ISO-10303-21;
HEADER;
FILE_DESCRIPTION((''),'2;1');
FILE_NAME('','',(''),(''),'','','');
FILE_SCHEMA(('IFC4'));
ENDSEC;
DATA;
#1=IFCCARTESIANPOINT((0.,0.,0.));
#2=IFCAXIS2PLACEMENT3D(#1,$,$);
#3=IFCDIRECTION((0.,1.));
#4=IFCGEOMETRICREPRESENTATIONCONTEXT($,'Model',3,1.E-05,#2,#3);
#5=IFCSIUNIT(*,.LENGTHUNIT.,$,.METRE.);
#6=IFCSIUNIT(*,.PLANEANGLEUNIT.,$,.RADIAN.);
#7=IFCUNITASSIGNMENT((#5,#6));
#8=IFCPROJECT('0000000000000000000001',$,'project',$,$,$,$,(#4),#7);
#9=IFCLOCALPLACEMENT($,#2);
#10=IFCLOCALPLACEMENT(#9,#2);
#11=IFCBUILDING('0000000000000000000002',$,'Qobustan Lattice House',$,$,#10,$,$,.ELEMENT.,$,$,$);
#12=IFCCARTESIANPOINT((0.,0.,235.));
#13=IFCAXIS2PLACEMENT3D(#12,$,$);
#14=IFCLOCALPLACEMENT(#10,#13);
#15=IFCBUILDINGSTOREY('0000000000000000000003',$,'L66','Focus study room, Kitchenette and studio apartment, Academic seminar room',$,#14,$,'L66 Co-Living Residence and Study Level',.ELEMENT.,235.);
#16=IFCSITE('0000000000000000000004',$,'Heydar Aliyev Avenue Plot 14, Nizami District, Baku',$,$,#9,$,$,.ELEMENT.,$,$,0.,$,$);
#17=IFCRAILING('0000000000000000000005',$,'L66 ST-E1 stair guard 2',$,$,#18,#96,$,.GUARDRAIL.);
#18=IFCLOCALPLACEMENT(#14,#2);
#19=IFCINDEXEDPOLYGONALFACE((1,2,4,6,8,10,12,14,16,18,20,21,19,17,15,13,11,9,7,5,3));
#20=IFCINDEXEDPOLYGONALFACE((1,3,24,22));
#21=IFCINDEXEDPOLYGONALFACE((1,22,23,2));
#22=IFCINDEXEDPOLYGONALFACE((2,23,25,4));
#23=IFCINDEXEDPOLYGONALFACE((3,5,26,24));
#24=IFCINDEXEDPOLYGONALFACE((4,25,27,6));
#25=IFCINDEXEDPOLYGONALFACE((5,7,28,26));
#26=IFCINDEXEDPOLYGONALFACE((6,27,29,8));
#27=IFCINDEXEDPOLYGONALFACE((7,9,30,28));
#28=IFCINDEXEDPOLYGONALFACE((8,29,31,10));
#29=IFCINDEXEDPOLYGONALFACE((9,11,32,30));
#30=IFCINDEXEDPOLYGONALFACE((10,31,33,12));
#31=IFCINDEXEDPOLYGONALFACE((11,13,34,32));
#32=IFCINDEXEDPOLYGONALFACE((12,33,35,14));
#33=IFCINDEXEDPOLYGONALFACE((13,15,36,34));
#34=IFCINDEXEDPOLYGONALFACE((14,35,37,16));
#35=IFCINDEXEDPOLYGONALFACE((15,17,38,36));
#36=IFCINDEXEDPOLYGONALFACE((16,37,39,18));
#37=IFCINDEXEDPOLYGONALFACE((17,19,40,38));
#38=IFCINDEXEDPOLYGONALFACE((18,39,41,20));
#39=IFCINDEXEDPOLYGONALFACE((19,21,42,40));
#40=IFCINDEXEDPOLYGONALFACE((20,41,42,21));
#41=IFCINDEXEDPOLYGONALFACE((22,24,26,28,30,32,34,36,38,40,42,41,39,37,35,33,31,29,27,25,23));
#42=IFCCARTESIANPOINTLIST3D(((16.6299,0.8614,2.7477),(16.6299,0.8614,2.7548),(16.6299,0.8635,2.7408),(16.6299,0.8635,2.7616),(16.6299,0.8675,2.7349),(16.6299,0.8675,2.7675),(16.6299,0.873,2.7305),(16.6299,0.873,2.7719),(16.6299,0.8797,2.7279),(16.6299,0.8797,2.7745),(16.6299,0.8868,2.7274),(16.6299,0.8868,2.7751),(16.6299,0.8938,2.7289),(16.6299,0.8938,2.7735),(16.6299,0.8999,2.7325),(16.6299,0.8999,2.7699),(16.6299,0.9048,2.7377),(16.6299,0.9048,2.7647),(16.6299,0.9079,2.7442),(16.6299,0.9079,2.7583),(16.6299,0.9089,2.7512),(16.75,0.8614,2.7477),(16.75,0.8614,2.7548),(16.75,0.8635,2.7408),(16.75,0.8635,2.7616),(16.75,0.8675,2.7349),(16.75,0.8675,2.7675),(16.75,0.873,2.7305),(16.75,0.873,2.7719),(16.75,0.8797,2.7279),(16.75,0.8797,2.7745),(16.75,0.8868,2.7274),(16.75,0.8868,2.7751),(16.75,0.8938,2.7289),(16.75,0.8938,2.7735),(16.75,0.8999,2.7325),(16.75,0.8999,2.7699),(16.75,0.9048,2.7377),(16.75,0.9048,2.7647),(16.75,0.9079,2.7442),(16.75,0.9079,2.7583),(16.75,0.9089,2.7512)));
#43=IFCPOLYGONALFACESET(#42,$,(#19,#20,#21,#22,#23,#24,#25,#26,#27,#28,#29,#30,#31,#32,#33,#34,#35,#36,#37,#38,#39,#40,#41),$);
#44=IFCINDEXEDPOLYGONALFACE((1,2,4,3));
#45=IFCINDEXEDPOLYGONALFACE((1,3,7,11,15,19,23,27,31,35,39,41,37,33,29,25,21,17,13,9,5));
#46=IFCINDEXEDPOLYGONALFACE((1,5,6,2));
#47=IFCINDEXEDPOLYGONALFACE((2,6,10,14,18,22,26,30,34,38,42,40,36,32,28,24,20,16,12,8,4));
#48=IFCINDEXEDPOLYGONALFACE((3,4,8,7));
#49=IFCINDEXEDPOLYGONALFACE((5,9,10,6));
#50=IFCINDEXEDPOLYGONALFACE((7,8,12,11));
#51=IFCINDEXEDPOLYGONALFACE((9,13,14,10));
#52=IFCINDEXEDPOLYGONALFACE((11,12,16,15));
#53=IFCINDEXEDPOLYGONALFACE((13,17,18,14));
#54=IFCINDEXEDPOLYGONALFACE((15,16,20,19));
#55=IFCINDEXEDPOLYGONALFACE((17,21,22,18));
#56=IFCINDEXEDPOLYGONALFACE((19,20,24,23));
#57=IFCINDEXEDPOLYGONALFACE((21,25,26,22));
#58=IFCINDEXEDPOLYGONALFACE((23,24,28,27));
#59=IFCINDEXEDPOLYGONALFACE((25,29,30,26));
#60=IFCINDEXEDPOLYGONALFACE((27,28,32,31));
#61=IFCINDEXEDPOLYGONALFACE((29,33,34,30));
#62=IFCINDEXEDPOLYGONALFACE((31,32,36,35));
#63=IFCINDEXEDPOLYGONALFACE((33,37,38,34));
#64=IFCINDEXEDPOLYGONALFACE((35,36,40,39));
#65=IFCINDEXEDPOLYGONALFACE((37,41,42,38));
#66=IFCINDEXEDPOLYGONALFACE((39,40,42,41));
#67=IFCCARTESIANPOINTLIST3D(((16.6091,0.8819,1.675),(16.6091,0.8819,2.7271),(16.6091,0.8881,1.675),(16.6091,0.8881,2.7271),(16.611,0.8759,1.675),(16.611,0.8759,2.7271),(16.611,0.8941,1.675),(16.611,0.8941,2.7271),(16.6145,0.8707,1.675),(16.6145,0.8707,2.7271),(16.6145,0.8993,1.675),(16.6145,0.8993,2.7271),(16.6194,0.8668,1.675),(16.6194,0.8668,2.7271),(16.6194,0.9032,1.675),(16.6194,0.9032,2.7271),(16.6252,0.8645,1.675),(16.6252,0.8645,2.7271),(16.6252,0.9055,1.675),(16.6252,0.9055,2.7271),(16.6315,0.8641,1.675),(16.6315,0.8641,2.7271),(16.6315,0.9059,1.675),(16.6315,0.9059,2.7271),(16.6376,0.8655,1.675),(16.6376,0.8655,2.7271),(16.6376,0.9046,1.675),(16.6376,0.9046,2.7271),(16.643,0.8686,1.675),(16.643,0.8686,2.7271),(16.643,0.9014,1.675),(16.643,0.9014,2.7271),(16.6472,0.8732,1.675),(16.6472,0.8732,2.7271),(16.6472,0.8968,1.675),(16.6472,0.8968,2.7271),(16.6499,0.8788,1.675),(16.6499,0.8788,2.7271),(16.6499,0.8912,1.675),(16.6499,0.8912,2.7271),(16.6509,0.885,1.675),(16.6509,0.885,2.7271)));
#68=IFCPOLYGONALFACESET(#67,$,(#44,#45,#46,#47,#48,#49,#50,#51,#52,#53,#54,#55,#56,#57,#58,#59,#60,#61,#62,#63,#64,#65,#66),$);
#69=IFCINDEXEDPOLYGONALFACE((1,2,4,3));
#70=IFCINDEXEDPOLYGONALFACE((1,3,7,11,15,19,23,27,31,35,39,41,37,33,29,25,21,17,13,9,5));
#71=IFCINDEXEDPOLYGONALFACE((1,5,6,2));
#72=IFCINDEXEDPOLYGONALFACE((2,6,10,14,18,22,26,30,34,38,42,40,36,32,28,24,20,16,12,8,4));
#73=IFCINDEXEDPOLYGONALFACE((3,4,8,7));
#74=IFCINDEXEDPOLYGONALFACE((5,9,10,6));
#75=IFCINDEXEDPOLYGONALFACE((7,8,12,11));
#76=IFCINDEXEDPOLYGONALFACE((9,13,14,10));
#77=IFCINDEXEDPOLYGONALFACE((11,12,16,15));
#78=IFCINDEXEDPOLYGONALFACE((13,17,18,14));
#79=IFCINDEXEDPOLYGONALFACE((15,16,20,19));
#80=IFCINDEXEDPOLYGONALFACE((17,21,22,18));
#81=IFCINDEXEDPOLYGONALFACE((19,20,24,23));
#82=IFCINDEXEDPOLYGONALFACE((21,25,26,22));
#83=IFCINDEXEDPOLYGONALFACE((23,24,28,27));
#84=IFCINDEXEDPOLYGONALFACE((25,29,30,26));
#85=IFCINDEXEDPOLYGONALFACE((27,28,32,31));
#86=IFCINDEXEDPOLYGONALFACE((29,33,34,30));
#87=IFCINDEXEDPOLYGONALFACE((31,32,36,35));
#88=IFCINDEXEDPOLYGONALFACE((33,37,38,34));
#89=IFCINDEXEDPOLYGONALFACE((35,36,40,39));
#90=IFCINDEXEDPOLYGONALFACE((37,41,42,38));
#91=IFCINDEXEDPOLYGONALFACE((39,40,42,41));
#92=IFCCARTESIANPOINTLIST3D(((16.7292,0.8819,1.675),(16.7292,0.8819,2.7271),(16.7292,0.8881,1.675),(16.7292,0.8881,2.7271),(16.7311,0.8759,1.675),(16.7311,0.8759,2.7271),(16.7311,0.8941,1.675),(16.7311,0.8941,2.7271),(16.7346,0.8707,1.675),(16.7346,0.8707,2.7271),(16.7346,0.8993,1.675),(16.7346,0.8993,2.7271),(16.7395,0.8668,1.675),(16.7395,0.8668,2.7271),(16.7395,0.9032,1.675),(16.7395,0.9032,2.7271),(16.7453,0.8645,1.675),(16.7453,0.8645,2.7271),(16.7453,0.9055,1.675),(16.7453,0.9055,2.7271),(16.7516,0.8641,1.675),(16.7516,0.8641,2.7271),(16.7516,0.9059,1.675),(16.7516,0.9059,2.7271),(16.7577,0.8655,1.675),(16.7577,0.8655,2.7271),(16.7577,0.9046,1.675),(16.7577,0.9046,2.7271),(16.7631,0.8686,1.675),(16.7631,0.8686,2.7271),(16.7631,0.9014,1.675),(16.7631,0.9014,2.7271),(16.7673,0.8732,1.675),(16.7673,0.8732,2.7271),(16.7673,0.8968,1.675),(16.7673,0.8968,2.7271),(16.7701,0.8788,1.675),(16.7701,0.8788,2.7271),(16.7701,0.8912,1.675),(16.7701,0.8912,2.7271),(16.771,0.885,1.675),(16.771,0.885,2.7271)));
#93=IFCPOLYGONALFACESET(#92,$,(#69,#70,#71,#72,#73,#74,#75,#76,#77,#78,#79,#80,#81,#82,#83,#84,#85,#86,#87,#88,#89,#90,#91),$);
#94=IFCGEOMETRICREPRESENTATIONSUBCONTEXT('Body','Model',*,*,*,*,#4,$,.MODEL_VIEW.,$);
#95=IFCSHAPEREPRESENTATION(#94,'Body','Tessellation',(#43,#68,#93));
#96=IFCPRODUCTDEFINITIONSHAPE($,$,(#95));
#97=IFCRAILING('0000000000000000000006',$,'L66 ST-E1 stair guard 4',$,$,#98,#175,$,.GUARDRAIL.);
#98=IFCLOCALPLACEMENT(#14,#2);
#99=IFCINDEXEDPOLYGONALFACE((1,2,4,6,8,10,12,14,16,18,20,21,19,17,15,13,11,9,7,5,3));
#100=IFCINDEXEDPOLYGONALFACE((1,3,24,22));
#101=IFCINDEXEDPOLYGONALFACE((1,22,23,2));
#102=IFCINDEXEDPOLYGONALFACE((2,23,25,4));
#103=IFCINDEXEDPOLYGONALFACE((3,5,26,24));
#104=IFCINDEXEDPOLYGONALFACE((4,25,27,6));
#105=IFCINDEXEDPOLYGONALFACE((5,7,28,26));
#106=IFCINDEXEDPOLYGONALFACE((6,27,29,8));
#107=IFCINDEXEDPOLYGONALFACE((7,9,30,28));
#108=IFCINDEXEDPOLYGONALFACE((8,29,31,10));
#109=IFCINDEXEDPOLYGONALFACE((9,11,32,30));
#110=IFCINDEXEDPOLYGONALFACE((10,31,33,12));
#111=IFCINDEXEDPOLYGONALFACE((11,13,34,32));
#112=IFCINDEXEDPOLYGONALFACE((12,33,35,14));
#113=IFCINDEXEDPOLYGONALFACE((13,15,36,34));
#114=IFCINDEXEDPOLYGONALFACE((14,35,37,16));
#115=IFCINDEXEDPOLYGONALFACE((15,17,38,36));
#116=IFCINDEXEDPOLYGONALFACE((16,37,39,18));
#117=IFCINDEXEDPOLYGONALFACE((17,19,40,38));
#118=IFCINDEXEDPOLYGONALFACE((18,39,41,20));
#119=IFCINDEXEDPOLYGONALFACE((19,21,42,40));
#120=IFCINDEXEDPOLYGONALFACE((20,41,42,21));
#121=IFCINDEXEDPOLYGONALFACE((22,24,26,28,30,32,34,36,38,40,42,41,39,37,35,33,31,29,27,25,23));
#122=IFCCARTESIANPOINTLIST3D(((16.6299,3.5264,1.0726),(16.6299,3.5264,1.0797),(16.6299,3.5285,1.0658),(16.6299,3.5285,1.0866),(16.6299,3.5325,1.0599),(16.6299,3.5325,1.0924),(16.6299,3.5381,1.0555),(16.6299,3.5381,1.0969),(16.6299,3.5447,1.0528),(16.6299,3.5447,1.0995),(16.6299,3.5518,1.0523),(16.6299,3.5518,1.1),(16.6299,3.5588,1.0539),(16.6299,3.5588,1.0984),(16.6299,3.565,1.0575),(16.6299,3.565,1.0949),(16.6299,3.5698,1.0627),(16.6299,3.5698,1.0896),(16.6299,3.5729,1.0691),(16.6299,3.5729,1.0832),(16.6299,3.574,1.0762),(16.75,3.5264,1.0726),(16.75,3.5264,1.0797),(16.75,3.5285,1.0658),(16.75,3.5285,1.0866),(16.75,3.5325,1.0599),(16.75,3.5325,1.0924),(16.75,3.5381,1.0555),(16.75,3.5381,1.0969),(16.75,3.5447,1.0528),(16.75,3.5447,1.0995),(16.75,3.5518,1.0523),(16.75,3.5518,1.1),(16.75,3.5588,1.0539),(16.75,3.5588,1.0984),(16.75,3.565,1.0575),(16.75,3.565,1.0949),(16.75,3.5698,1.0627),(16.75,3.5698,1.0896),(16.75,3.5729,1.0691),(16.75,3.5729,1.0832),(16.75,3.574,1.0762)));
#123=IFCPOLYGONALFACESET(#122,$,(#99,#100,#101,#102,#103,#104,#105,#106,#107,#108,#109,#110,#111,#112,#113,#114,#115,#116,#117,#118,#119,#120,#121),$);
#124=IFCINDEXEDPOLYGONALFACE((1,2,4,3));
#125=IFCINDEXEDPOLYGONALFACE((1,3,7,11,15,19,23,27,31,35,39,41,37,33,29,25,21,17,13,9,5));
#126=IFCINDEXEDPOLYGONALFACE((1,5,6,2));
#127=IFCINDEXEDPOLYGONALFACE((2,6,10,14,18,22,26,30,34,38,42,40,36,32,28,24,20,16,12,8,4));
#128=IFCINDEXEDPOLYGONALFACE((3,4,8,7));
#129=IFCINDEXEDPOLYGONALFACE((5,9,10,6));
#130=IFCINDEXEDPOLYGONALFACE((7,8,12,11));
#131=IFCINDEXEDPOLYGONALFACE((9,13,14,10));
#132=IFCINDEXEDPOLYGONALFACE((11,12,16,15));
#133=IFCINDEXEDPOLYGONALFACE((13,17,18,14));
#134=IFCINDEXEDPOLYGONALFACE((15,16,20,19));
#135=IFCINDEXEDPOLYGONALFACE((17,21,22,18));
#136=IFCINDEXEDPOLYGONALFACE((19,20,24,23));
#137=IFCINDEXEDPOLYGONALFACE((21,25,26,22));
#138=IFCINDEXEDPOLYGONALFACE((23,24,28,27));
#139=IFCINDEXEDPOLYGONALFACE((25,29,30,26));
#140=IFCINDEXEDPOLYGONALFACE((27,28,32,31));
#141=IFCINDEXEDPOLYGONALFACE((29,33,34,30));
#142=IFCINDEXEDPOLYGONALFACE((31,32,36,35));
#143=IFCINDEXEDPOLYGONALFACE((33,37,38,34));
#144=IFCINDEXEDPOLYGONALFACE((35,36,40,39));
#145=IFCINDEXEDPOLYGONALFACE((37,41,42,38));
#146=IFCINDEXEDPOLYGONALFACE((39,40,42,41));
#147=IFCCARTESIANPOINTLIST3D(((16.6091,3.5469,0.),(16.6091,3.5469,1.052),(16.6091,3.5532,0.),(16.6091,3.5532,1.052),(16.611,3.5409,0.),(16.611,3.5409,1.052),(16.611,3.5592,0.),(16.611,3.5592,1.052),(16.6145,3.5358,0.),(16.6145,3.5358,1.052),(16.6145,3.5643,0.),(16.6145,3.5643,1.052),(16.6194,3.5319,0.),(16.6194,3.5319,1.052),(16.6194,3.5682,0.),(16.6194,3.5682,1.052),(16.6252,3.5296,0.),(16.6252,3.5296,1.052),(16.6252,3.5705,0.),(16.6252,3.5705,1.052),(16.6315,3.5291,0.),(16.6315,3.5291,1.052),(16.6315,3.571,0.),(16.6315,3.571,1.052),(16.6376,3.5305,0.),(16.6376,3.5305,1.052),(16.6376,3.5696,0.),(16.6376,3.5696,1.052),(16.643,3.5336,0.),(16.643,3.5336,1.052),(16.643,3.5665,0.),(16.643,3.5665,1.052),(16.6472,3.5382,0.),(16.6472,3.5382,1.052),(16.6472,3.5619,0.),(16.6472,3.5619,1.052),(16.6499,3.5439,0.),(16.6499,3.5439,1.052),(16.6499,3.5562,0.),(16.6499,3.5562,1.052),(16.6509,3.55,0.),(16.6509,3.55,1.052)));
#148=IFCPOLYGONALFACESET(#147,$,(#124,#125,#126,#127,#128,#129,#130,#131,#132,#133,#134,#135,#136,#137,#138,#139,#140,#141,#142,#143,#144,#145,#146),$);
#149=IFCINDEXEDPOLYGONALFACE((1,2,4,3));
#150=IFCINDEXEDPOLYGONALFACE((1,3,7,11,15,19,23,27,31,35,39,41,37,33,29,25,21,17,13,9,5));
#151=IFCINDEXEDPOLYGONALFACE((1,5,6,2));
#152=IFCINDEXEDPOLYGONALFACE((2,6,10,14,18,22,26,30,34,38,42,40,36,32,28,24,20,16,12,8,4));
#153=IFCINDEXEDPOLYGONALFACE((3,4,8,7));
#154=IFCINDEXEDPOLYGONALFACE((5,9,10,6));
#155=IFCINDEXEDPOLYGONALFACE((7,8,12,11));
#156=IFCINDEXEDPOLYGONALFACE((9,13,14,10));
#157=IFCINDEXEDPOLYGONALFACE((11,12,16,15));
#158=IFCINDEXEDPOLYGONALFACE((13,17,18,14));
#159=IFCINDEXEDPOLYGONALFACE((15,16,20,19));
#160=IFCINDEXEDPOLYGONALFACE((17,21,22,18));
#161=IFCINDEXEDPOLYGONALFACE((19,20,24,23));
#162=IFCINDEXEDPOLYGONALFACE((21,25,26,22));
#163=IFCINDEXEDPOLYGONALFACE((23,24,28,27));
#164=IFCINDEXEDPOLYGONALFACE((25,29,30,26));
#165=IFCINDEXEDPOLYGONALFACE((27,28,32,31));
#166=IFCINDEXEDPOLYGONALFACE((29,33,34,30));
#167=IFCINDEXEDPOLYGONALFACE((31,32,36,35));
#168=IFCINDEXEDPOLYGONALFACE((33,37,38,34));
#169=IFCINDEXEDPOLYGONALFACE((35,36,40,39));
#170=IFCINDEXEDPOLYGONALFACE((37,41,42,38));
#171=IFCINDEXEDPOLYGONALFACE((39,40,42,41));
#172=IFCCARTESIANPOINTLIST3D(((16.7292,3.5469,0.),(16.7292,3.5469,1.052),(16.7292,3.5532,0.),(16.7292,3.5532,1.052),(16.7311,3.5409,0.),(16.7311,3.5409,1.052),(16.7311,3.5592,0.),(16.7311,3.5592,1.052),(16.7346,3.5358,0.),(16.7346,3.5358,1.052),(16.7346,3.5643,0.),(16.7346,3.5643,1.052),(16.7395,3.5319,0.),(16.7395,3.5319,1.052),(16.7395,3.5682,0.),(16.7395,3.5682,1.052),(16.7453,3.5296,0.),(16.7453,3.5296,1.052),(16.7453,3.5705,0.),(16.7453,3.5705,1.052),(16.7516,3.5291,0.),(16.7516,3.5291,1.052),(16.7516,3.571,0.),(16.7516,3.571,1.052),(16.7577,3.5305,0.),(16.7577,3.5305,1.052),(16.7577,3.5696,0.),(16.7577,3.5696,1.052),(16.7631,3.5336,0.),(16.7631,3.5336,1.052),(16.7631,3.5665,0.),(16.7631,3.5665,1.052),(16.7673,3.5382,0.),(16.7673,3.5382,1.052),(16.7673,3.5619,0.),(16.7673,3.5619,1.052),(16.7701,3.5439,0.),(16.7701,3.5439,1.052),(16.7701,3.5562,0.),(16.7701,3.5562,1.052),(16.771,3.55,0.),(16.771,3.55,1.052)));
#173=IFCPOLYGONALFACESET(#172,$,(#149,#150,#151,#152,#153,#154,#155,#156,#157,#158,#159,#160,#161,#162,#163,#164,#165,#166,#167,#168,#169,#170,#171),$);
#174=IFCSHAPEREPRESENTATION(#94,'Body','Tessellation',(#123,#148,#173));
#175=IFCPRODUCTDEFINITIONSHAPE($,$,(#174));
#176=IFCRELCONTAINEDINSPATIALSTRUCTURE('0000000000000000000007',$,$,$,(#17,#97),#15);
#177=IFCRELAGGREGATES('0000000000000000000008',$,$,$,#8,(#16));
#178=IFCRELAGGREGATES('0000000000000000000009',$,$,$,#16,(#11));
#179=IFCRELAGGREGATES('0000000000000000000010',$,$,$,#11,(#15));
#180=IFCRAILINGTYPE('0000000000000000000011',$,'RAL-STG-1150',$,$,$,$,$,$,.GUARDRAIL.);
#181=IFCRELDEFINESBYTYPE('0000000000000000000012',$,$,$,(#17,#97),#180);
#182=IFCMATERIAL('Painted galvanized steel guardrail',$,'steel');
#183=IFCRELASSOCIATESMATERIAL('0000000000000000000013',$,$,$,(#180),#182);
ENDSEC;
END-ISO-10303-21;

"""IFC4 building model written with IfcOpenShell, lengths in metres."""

from ifc_helpers import new_model, si_unit, direction, frame, origin, origin_2d, place, context, subcontext, project, spatial, circle, extrude, material, type_object, element, save


model = new_model("IFC4")

# Units and contexts
model_context = context("Model", 3, precision=1e-05, world=origin(), true_north=direction((0.0, 1.0)))
body_context = subcontext(model_context, "Body", "Model", "MODEL_VIEW")
ifc_project = project(units=[si_unit("LENGTHUNIT", "METRE"), si_unit("PLANEANGLEUNIT", "RADIAN")], contexts=[model_context])

# Site, building, storey
site_placement = place(None, origin())
site = spatial("IfcSite", under=ifc_project, at=site_placement, Name="Heydar Aliyev Avenue Plot 14, Nizami District, Baku", CompositionType="ELEMENT", RefElevation=0.0)
building_placement = place(site_placement, origin())
building = spatial("IfcBuilding", under=site, at=building_placement, Name="Qobustan Lattice House", CompositionType="ELEMENT")
storey_placement = place(building_placement, frame((0.0, 0.0, 235.0)))
storey = spatial("IfcBuildingStorey", under=building, at=storey_placement, Name="L66", Description="Focus study room, Kitchenette and studio apartment, Academic seminar room", LongName="L66 Co-Living Residence and Study Level", CompositionType="ELEMENT", Elevation=235.0)

# Railings
ifc_material_1 = material(Name="Painted galvanized steel guardrail", Category="steel")
railing_type_1 = type_object("IfcRailingType", Name="RAL-STG-1150", PredefinedType="GUARDRAIL", material=ifc_material_1)
for number, where, name in (
    (1, (16.6299, 0.885, 1.675), "L66 ST-E1 stair guard 2"),
    (2, (16.6299, 3.55, 0.0), "L66 ST-E1 stair guard 4"),
):
    element("IfcRailing", number, at=place(storey_placement, frame(where)), inside=storey, type_object=railing_type_1, Name=name, PredefinedType="GUARDRAIL", context=body_context, shape_type="SweptSolid", body=[
        extrude(circle(Radius=0.0239, at=origin_2d()), frame((0.0, 0.0, 1.0762), z_axis=(1.0, 0.0, 0.0), x_axis=(0.0, 1.0, 0.0)), (0.0, 0.0, 1.0), 0.1201),
        extrude(circle(Radius=0.021, at=origin_2d()), origin(), (0.0, 0.0, 1.0), 1.052),
        extrude(circle(Radius=0.021, at=origin_2d()), frame((0.1201, 0.0, 0.0)), (0.0, 0.0, 1.0), 1.052),
    ])

save(model, "model.ifc")
